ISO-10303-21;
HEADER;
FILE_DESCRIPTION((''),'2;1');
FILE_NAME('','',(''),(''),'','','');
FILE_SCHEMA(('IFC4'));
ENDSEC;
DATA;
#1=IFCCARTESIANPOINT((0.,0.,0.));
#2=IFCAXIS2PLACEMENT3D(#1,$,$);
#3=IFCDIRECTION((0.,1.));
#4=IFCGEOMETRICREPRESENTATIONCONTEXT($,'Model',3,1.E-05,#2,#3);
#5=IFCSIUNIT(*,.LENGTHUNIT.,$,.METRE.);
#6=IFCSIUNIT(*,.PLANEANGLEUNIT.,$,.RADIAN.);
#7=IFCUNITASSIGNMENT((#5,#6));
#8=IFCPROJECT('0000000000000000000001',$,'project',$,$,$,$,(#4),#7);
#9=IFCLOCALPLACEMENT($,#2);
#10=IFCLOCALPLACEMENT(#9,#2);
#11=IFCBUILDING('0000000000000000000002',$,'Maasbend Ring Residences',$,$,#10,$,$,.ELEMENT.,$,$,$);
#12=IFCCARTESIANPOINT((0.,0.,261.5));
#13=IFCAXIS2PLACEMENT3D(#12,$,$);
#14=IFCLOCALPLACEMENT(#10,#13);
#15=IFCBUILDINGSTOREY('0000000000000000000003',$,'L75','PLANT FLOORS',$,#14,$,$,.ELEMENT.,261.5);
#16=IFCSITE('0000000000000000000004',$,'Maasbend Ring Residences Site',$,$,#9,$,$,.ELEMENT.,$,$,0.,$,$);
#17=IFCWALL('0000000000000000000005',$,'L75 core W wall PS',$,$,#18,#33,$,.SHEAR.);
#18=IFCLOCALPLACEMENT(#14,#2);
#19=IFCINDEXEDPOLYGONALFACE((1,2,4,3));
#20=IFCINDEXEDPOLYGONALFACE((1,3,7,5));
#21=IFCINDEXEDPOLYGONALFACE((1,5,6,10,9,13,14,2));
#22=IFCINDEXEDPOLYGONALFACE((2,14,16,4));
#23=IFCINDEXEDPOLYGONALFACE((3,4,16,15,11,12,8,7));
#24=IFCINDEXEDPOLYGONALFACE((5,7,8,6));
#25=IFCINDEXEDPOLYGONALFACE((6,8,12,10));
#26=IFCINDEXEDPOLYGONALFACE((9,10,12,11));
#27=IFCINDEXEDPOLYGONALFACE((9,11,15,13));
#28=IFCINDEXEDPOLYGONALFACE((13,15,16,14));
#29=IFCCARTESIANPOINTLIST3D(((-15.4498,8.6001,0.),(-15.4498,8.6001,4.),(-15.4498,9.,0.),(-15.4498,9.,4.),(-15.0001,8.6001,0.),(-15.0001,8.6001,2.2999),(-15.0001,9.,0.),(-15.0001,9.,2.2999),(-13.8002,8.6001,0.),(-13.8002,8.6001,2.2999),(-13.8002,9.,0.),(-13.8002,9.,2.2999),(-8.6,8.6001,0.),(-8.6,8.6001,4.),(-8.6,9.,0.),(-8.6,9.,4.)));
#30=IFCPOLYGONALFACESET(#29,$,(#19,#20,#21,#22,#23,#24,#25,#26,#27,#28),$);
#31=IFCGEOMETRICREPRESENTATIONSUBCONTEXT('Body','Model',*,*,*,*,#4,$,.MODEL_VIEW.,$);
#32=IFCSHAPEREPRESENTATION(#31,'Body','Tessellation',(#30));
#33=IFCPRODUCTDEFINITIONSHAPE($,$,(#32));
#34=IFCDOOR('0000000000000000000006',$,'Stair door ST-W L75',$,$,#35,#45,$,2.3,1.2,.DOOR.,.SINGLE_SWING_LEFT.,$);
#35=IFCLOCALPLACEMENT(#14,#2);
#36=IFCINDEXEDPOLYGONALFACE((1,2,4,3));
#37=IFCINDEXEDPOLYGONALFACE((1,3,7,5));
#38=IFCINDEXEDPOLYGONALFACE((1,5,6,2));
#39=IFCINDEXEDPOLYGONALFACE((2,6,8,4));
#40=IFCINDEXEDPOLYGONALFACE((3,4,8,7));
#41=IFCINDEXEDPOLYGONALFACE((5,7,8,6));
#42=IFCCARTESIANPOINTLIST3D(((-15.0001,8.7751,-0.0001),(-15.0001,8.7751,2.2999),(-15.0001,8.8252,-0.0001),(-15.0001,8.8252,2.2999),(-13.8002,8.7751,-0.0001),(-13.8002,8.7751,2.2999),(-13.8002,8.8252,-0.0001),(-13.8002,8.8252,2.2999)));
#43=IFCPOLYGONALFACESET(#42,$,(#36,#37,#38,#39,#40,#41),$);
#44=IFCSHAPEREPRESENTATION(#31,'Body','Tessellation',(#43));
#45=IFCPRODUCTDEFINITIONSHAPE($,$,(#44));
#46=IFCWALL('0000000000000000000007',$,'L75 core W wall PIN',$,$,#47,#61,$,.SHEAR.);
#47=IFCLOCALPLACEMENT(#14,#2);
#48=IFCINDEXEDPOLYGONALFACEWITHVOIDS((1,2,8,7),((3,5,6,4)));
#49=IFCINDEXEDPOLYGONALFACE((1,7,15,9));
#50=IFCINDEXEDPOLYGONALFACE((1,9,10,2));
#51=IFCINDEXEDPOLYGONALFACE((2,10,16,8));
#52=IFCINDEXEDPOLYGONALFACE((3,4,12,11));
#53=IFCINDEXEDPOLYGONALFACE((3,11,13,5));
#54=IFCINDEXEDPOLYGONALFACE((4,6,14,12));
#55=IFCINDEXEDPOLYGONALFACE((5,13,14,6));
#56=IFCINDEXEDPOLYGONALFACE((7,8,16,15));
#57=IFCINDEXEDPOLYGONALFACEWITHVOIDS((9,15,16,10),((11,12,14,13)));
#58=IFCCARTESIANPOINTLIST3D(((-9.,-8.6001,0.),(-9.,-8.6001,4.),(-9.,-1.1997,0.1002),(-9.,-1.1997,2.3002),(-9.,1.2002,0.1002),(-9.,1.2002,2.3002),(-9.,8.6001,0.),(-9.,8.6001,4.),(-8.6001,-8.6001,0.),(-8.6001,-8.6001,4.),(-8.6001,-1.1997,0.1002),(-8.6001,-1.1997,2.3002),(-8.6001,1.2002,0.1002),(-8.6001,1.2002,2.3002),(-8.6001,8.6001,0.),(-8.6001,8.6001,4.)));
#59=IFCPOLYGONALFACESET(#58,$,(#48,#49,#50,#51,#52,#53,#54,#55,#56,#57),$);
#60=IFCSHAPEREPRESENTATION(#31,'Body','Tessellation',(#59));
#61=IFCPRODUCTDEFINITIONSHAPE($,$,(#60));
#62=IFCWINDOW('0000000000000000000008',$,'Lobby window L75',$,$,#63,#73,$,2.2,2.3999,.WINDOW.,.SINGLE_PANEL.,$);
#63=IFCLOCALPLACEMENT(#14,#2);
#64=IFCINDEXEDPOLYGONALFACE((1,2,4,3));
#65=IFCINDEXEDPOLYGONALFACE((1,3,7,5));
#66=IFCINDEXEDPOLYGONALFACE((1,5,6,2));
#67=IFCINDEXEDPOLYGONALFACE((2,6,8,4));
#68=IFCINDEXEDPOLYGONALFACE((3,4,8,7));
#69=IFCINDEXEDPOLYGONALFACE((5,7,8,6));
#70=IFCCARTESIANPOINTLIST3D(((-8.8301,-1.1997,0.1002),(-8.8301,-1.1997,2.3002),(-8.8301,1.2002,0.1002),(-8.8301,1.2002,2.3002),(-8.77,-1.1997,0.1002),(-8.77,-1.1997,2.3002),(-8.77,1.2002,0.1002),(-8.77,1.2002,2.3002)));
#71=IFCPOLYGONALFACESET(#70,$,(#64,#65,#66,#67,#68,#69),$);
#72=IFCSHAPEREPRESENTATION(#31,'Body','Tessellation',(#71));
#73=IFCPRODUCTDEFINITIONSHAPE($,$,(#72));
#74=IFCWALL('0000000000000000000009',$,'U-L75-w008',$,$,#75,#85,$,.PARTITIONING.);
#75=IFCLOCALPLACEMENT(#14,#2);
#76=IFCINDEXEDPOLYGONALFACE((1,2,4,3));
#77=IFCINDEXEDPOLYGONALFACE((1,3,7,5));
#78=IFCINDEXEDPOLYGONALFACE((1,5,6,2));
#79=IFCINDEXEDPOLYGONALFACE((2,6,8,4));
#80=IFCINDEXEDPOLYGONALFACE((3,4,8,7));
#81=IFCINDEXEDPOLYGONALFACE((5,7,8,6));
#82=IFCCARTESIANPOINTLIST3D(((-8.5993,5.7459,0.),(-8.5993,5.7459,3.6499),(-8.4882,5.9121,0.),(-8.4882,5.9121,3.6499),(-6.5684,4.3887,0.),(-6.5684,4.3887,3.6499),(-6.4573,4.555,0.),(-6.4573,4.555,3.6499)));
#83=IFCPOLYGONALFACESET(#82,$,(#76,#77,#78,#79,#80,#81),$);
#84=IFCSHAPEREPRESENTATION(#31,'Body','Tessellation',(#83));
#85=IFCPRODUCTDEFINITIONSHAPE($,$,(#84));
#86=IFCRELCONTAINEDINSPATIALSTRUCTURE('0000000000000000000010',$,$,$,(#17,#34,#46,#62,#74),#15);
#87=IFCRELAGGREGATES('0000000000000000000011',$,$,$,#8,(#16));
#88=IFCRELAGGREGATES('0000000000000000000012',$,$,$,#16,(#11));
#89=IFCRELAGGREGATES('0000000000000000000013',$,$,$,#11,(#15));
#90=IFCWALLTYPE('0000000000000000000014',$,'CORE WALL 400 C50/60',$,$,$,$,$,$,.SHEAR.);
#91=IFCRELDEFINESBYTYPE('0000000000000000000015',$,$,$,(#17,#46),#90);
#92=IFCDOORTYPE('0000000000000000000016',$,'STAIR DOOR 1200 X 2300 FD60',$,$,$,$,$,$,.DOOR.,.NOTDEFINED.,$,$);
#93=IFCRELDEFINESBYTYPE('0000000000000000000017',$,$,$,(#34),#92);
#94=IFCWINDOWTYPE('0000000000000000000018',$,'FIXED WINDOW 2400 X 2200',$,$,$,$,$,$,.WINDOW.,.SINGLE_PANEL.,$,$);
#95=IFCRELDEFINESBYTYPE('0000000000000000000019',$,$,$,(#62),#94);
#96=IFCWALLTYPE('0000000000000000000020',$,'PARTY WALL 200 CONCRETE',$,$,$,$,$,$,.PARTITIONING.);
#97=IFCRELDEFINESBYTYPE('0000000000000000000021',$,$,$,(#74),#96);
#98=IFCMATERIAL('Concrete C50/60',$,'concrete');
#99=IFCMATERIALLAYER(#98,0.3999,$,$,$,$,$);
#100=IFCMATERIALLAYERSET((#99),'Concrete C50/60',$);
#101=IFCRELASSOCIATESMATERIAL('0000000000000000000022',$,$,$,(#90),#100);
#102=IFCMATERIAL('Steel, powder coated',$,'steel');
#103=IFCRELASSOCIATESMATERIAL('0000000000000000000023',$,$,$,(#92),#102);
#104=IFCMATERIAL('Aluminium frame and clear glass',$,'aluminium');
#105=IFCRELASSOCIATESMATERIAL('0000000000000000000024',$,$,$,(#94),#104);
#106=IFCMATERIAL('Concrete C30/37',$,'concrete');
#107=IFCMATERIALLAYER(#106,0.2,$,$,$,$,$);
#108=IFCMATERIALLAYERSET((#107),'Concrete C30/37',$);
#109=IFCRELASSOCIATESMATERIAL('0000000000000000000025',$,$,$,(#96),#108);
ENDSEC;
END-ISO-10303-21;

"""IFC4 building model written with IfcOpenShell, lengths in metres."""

from ifc_helpers import new_model, si_unit, direction, frame, frame_2d, origin, place, context, subcontext, project, spatial, rectangle, extrude, material, layer, layer_set, type_object, element, fill, save


model = new_model("IFC4")

# Units and contexts
model_context = context("Model", 3, precision=1e-05, world=origin(), true_north=direction((0.0, 1.0)))
body_context = subcontext(model_context, "Body", "Model", "MODEL_VIEW")
ifc_project = project(units=[si_unit("LENGTHUNIT", "METRE"), si_unit("PLANEANGLEUNIT", "RADIAN")], contexts=[model_context])

# Site, building, storey
site_placement = place(None, origin())
site = spatial("IfcSite", under=ifc_project, at=site_placement, Name="Maasbend Ring Residences Site", CompositionType="ELEMENT", RefElevation=0.0)
building_placement = place(site_placement, origin())
building = spatial("IfcBuilding", under=site, at=building_placement, Name="Maasbend Ring Residences", CompositionType="ELEMENT")
storey_placement = place(building_placement, frame((0.0, 0.0, 261.5)))
storey = spatial("IfcBuildingStorey", under=building, at=storey_placement, Name="L75", Description="PLANT FLOORS", CompositionType="ELEMENT", Elevation=261.5)

# Wall, opening, door
ifc_material_1 = material(Name="Concrete C50/60", Category="concrete")
ifc_layer_1 = layer(ifc_material_1, 0.3999)
ifc_layer_set_1 = layer_set([ifc_layer_1], Name="Concrete C50/60")
wall_type_1 = type_object("IfcWallType", Name="CORE WALL 400 C50/60", PredefinedType="SHEAR", material=ifc_layer_set_1)
wall_1_placement = place(storey_placement, frame((-8.6001, 8.8, 0.0), z_axis=(0.0, 0.0, 1.0), x_axis=(-1.0, 0.0, 0.0)))
wall_1 = element("IfcWall", 1, at=wall_1_placement, inside=storey, type_object=wall_type_1, Name="L75 core W wall PS", PredefinedType="SHEAR", context=body_context, shape_type="SweptSolid", body=[
    extrude(rectangle(XDim=6.8499, YDim=0.3999, at=frame_2d((3.4248, 0.0))), origin(), (0.0, 0.0, 1.0), 4.0),
])
opening_1_placement = place(wall_1_placement, frame((5.2, 0.0, 0.0)))
opening_1 = element("IfcOpeningElement", 2, at=opening_1_placement, cuts=wall_1, PredefinedType="OPENING", context=body_context, shape_type="SweptSolid", body=[
    extrude(rectangle(XDim=1.2, YDim=2.3, at=frame_2d((0.6001, 1.1499))), frame((0.0, 0.21, 0.0), z_axis=(0.0, -1.0, 0.0), x_axis=(1.0, 0.0, 0.0)), (0.0, 0.0, 1.0), 0.4199),
])
ifc_material_2 = material(Name="Steel, powder coated", Category="steel")
door_type = type_object("IfcDoorType", Name="STAIR DOOR 1200 X 2300 FD60", OperationType="NOTDEFINED", PredefinedType="DOOR", material=ifc_material_2)
door_placement = place(opening_1_placement, origin())
door = element("IfcDoor", 3, at=door_placement, inside=storey, type_object=door_type, Name="Stair door ST-W L75", OperationType="SINGLE_SWING_LEFT", OverallHeight=2.3, OverallWidth=1.2, PredefinedType="DOOR", context=body_context, shape_type="SweptSolid", body=[
    extrude(rectangle(XDim=1.2, YDim=2.3, at=frame_2d((0.6001, 1.1499))), frame((0.0, 0.0249, 0.0), z_axis=(0.0, -1.0, 0.0), x_axis=(1.0, 0.0, 0.0)), (0.0, 0.0, 1.0), 0.05),
])
fill(opening_1, door)

# Wall, opening, window
wall_2_placement = place(storey_placement, frame((-8.8, 8.6001, 0.0), z_axis=(0.0, 0.0, 1.0), x_axis=(0.0, -1.0, 0.0)))
wall_2 = element("IfcWall", 4, at=wall_2_placement, inside=storey, type_object=wall_type_1, Name="L75 core W wall PIN", PredefinedType="SHEAR", context=body_context, shape_type="SweptSolid", body=[
    extrude(rectangle(XDim=17.2002, YDim=0.3999, at=frame_2d((8.6001, 0.0))), origin(), (0.0, 0.0, 1.0), 4.0),
])
opening_2_placement = place(wall_2_placement, frame((7.3999, 0.0, 0.1001)))
opening_2 = element("IfcOpeningElement", 5, at=opening_2_placement, cuts=wall_2, PredefinedType="OPENING", context=body_context, shape_type="SweptSolid", body=[
    extrude(rectangle(XDim=2.3999, YDim=2.2, at=frame_2d((1.2, 1.1001))), frame((0.0, 0.21, 0.0), z_axis=(0.0, -1.0, 0.0), x_axis=(1.0, 0.0, 0.0)), (0.0, 0.0, 1.0), 0.4199),
])
ifc_material_3 = material(Name="Aluminium frame and clear glass", Category="aluminium")
window_type = type_object("IfcWindowType", Name="FIXED WINDOW 2400 X 2200", PartitioningType="SINGLE_PANEL", PredefinedType="WINDOW", material=ifc_material_3)
window_placement = place(opening_2_placement, origin())
window = element("IfcWindow", 6, at=window_placement, inside=storey, type_object=window_type, Name="Lobby window L75", OverallHeight=2.2, OverallWidth=2.3999, PartitioningType="SINGLE_PANEL", PredefinedType="WINDOW", context=body_context, shape_type="SweptSolid", body=[
    extrude(rectangle(XDim=2.3999, YDim=2.2, at=frame_2d((1.2, 1.1001))), frame((0.0, 0.03, 0.0), z_axis=(0.0, -1.0, 0.0), x_axis=(1.0, 0.0, 0.0)), (0.0, 0.0, 1.0), 0.0601),
])
fill(opening_2, window)

# Wall
ifc_material_4 = material(Name="Concrete C30/37", Category="concrete")
ifc_layer_2 = layer(ifc_material_4, 0.2)
ifc_layer_set_2 = layer_set([ifc_layer_2], Name="Concrete C30/37")
wall_type_2 = type_object("IfcWallType", Name="PARTY WALL 200 CONCRETE", PredefinedType="PARTITIONING", material=ifc_layer_set_2)
wall_3_placement = place(storey_placement, frame((-6.5129, 4.4719, 0.0), z_axis=(0.0, 0.0, 1.0), x_axis=(-0.83145, 0.555599, 0.0)))
element("IfcWall", 7, at=wall_3_placement, inside=storey, type_object=wall_type_2, Name="U-L75-w008", PredefinedType="PARTITIONING", context=body_context, shape_type="SweptSolid", body=[
    extrude(rectangle(XDim=2.4426, YDim=0.2, at=frame_2d((1.2212, 0.0))), origin(), (0.0, 0.0, 1.0), 3.6499),
])

save(model, "model.ifc")
